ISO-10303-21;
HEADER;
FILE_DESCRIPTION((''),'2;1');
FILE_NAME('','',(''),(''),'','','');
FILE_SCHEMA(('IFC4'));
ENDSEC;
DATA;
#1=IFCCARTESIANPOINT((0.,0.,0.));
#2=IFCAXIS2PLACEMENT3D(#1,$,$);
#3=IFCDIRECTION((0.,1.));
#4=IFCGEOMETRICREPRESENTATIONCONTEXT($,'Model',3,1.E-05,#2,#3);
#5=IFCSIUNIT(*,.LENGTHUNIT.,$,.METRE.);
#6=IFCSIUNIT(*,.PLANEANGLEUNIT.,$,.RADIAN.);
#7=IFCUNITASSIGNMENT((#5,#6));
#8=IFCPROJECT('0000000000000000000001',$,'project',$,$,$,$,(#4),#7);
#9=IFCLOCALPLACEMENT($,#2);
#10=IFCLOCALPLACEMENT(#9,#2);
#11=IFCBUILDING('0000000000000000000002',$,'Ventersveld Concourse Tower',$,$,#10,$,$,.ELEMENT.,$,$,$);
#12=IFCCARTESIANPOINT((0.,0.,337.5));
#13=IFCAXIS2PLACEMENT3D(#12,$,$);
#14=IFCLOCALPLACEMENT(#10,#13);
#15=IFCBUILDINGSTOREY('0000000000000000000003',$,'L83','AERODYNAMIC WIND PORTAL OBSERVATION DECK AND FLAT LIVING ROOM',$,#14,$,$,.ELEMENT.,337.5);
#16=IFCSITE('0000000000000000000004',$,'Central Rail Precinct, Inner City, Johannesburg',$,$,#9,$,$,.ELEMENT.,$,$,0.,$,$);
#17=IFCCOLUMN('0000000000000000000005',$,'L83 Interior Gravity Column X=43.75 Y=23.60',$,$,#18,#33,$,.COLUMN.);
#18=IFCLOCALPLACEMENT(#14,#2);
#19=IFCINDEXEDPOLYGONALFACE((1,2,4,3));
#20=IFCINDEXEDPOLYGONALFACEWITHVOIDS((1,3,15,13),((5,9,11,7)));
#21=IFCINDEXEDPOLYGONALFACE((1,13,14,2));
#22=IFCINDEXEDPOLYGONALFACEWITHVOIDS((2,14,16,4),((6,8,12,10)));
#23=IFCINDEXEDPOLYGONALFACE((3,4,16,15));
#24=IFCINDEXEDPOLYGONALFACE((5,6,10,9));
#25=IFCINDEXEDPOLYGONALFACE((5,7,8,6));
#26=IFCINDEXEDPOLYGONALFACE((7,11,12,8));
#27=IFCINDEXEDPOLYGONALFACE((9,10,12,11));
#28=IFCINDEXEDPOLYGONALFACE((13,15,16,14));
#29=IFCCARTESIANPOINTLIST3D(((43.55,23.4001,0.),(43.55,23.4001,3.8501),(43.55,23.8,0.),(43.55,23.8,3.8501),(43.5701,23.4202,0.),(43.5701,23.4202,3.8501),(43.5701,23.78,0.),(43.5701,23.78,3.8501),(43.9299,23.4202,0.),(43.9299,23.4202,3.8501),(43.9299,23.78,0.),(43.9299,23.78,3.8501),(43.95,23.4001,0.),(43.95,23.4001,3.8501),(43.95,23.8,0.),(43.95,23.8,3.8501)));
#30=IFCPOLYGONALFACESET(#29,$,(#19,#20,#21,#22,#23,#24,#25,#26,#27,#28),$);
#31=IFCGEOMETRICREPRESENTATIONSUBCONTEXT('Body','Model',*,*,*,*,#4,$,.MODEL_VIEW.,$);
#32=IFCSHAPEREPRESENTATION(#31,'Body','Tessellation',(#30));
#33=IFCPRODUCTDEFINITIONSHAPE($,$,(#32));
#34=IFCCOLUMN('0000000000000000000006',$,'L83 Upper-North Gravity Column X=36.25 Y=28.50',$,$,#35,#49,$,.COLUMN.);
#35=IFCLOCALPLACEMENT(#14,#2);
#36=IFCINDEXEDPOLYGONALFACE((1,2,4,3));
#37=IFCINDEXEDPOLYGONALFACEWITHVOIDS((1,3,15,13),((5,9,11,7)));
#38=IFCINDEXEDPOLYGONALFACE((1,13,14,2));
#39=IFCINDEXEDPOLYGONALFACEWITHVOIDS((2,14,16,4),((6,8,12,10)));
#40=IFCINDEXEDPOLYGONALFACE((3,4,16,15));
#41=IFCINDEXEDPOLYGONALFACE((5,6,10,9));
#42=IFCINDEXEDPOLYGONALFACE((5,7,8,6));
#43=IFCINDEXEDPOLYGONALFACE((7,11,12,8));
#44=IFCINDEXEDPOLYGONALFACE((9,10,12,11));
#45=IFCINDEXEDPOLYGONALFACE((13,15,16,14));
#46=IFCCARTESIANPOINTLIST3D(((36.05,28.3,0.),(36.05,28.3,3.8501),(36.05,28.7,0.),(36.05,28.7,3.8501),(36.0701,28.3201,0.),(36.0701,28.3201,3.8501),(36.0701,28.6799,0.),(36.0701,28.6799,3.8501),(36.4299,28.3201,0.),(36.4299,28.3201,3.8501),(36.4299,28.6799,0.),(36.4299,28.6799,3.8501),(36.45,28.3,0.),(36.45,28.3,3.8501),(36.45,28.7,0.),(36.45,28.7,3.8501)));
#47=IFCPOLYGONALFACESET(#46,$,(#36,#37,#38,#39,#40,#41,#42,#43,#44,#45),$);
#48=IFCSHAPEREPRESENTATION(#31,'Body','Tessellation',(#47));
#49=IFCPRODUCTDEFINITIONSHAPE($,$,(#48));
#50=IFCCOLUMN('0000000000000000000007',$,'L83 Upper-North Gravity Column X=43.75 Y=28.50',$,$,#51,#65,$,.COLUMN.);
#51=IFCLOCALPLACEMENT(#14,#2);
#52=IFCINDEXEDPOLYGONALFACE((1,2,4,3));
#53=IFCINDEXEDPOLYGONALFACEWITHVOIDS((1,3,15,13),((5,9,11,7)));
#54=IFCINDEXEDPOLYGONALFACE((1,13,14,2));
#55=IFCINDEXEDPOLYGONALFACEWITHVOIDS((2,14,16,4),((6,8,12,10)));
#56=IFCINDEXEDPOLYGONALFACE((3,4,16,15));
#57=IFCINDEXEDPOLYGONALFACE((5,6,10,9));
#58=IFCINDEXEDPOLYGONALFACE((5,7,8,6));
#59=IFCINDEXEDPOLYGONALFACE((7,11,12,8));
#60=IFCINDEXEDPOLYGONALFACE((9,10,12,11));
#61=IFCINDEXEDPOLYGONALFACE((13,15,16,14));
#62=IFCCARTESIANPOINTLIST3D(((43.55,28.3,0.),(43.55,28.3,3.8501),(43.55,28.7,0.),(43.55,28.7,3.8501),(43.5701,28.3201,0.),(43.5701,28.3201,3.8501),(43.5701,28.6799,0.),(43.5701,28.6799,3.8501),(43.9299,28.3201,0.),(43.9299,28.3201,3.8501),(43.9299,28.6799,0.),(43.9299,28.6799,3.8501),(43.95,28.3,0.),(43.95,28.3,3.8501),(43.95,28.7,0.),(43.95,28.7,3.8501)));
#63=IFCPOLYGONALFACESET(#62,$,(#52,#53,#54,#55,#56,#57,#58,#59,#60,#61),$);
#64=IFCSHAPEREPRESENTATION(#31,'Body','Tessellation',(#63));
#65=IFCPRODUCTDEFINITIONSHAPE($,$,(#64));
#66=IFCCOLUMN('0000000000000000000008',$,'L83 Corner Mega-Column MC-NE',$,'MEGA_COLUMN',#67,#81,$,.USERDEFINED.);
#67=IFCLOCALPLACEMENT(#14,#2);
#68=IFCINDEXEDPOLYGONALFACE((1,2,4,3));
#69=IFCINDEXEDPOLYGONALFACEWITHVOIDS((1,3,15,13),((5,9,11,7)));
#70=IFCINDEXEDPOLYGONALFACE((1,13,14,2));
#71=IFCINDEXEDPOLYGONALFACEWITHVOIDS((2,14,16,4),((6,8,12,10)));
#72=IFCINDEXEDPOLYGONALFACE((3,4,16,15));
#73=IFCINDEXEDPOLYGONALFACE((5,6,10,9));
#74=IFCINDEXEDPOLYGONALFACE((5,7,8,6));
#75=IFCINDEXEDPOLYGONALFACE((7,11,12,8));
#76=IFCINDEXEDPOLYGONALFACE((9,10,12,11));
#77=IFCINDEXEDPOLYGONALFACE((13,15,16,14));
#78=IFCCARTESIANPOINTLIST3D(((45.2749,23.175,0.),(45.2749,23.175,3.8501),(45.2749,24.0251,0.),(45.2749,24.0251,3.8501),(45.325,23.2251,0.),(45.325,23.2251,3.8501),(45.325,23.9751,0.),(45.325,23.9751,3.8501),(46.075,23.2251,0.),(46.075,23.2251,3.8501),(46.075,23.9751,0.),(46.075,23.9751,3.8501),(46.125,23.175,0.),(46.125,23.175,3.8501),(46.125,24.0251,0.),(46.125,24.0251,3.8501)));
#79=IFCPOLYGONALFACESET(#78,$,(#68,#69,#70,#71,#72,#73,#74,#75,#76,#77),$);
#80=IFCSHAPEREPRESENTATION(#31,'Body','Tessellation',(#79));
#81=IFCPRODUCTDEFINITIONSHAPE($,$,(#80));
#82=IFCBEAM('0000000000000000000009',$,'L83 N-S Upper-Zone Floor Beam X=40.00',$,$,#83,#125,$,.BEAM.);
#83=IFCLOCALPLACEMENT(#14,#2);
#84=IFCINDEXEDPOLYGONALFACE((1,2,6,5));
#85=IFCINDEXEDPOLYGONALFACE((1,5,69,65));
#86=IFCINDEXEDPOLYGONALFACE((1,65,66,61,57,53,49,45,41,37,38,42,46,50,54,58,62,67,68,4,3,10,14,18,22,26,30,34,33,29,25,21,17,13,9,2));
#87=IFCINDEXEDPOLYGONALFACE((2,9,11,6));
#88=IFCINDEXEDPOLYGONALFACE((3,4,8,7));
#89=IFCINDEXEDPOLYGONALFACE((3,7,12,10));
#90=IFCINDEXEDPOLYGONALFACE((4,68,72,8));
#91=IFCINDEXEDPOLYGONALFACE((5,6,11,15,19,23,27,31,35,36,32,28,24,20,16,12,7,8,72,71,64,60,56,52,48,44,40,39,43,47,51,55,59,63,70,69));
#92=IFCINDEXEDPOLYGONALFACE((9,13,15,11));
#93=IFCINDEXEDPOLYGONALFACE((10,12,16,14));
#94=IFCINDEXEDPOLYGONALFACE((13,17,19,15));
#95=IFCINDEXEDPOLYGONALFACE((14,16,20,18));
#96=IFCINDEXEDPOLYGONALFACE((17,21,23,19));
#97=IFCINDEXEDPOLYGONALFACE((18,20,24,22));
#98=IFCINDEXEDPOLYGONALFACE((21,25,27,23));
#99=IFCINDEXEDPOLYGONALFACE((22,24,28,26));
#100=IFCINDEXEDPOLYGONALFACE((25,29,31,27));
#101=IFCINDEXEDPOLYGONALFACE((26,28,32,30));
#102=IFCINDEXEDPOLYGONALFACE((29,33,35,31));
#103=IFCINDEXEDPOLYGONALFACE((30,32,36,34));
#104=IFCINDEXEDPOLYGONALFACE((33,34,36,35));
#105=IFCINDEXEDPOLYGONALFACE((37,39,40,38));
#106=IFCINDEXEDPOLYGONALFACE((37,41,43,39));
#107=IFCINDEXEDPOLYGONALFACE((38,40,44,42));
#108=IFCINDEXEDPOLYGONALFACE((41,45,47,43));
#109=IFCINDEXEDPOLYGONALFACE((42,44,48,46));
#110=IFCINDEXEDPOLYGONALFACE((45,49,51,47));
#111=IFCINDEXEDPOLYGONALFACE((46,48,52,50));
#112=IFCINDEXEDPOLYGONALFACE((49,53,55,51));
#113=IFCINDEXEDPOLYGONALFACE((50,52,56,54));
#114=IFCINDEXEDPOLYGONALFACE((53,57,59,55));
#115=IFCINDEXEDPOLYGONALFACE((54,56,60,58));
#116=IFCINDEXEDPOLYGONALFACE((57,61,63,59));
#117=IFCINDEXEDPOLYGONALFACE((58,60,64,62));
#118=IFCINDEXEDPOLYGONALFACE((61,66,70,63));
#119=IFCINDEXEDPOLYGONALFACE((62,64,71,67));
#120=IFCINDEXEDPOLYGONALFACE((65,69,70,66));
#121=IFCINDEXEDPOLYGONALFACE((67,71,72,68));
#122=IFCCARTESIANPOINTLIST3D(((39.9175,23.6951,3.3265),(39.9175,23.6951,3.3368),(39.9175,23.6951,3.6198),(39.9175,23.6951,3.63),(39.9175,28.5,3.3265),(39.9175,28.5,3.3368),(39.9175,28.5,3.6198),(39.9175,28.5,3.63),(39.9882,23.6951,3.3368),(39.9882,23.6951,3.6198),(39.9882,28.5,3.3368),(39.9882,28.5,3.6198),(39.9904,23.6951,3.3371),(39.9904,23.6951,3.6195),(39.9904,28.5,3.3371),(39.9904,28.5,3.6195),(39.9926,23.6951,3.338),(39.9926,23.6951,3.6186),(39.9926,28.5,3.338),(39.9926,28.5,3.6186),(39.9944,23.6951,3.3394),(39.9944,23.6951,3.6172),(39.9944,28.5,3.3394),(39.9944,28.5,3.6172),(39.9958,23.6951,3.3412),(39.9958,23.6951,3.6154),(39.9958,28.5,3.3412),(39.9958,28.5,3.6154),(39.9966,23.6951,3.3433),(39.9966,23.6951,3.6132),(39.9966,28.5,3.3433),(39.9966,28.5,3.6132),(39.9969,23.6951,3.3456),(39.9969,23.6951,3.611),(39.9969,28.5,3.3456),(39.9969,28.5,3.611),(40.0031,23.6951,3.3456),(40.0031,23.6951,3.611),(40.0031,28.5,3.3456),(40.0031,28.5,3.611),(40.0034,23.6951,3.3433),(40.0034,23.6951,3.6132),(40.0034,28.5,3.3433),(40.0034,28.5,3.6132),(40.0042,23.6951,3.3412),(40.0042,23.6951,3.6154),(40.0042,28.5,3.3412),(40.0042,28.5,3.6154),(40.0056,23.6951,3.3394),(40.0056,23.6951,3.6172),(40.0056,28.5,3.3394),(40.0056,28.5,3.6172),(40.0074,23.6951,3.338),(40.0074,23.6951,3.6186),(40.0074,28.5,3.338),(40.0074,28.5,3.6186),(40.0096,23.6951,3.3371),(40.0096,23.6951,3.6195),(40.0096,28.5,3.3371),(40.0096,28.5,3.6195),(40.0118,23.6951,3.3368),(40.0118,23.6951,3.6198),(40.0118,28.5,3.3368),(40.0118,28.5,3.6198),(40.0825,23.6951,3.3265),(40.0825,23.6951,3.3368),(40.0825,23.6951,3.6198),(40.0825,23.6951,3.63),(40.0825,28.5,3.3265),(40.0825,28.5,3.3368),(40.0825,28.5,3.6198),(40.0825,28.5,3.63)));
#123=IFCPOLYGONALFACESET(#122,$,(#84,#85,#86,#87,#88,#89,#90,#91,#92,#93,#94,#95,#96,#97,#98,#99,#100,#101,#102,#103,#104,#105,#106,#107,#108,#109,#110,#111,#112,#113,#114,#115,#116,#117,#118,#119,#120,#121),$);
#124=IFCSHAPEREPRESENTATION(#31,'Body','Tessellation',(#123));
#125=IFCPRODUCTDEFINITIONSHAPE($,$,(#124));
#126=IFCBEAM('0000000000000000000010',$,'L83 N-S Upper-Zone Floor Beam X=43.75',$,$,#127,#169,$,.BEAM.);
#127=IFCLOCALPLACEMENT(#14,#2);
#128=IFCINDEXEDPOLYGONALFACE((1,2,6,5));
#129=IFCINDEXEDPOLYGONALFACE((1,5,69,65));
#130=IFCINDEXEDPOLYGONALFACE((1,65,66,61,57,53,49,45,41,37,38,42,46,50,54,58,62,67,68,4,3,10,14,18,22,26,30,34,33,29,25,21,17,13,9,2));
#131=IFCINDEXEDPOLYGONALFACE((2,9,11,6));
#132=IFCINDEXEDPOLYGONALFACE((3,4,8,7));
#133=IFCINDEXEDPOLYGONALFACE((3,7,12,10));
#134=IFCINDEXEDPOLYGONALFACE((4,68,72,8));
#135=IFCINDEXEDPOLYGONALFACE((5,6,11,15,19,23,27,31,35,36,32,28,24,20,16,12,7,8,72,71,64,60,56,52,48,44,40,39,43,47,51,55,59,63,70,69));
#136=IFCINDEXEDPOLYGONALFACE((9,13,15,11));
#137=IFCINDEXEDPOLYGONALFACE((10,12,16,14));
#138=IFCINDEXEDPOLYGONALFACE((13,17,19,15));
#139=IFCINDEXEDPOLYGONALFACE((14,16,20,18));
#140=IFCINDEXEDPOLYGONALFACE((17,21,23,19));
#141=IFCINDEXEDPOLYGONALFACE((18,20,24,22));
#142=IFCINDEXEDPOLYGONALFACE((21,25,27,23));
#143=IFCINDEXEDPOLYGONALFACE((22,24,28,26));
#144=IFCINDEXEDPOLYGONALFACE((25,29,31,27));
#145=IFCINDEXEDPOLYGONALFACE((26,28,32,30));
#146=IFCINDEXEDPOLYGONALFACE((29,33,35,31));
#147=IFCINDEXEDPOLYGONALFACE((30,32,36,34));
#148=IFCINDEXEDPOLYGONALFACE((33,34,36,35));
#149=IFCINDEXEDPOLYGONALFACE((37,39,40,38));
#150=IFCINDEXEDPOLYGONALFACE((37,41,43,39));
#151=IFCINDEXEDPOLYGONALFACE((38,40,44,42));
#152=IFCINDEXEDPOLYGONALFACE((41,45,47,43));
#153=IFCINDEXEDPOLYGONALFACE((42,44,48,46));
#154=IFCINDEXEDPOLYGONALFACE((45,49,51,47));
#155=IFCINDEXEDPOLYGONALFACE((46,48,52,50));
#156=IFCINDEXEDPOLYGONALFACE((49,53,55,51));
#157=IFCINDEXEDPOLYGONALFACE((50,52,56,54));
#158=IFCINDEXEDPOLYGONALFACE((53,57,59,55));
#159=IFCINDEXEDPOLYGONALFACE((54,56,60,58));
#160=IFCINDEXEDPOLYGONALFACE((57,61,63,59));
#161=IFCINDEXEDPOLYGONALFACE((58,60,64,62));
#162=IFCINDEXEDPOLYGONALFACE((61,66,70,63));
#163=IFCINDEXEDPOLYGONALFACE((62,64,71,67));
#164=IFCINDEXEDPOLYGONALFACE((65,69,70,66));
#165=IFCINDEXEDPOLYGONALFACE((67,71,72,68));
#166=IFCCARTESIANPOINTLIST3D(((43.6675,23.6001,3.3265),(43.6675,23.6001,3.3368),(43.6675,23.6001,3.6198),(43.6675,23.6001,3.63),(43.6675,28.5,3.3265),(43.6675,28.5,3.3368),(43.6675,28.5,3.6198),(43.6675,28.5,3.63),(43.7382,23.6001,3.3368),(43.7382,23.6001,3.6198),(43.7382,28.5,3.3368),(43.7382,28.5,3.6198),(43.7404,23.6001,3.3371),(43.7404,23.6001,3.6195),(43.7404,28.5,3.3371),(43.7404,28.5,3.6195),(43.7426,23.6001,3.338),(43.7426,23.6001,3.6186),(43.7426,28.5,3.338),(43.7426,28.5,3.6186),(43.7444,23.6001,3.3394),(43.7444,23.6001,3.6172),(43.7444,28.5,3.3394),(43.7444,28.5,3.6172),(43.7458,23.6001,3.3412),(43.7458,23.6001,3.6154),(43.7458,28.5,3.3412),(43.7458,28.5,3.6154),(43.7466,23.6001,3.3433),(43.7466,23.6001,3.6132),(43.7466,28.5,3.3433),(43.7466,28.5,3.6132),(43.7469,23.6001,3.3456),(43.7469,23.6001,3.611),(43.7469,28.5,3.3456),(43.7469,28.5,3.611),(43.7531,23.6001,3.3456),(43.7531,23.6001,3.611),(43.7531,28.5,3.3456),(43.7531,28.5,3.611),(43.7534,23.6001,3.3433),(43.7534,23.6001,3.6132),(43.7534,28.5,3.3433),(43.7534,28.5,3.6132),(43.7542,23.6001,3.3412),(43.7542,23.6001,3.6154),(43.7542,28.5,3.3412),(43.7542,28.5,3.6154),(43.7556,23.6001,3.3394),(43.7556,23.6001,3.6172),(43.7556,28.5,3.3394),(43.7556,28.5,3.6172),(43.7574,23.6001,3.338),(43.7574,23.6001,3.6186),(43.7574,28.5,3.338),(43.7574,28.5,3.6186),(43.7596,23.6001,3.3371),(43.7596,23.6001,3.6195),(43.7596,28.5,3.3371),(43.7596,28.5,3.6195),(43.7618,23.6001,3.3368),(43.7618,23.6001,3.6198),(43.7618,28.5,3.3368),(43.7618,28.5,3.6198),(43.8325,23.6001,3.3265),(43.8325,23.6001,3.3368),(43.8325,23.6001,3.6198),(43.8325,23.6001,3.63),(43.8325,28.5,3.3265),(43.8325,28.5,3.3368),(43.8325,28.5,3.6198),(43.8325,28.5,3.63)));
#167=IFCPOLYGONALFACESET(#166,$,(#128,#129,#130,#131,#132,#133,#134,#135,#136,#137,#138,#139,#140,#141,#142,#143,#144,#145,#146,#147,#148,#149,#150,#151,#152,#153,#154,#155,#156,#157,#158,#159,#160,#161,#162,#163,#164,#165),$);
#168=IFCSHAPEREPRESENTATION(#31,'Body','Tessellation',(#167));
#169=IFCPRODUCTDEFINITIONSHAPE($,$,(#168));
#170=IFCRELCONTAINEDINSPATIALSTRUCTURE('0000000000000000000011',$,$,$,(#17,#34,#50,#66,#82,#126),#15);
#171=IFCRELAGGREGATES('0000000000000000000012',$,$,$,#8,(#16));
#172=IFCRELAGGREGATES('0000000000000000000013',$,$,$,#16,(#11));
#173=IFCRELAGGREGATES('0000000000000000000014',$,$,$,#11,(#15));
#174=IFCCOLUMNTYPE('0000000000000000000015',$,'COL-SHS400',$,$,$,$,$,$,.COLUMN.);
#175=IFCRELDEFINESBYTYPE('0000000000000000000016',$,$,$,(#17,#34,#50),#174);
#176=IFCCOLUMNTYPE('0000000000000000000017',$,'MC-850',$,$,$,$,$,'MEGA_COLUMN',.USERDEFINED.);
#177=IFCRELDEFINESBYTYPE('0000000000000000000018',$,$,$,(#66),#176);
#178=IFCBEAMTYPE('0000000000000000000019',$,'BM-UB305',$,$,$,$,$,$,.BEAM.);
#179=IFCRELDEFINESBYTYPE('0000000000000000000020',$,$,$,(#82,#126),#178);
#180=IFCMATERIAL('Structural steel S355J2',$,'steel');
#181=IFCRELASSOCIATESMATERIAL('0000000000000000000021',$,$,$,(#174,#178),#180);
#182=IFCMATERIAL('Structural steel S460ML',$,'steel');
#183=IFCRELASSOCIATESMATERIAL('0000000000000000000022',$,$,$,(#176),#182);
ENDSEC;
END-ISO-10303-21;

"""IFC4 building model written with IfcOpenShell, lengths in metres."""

from ifc_helpers import new_model, si_unit, direction, frame, origin, origin_2d, place, context, subcontext, project, spatial, hollow_rectangle, i_section, extrude, material, material_profile, profile_set, type_object, element, save


model = new_model("IFC4")

# Units and contexts
model_context = context("Model", 3, precision=1e-05, world=origin(), true_north=direction((0.0, 1.0)))
body_context = subcontext(model_context, "Body", "Model", "MODEL_VIEW")
ifc_project = project(units=[si_unit("LENGTHUNIT", "METRE"), si_unit("PLANEANGLEUNIT", "RADIAN")], contexts=[model_context])

# Site, building, storey
site_placement = place(None, origin())
site = spatial("IfcSite", under=ifc_project, at=site_placement, Name="Central Rail Precinct, Inner City, Johannesburg", CompositionType="ELEMENT", RefElevation=0.0)
building_placement = place(site_placement, origin())
building = spatial("IfcBuilding", under=site, at=building_placement, Name="Ventersveld Concourse Tower", CompositionType="ELEMENT")
storey_placement = place(building_placement, frame((0.0, 0.0, 337.5)))
storey = spatial("IfcBuildingStorey", under=building, at=storey_placement, Name="L83", Description="AERODYNAMIC WIND PORTAL OBSERVATION DECK AND FLAT LIVING ROOM", CompositionType="ELEMENT", Elevation=337.5)

# Columns
ifc_material_1 = material(Name="Structural steel S355J2", Category="steel")
ifc_material_profile_1 = material_profile(ifc_material_1, hollow_rectangle(XDim=0.3999, YDim=0.3999, WallThickness=0.02, at=origin_2d()), Name="SHS 400x400x20")
ifc_profile_set_1 = profile_set([ifc_material_profile_1], Name="Structural steel S355J2")
column_type_1 = type_object("IfcColumnType", Name="COL-SHS400", PredefinedType="COLUMN", material=ifc_profile_set_1)
for number, where, z_axis, x_axis, name in (
    (1, (43.75, 23.6001, 0.0), (0.0, 0.0, 1.0), (1.0, 0.0, 0.0), "L83 Interior Gravity Column X=43.75 Y=23.60"),
    (2, (36.25, 28.5, 0.0), (0.0, 0.0, 1.0), (1.0, 0.0, 0.0), "L83 Upper-North Gravity Column X=36.25 Y=28.50"),
    (3, (43.75, 28.5, 0.0), (0.0, 0.0, 1.0), (1.0, 0.0, 0.0), "L83 Upper-North Gravity Column X=43.75 Y=28.50"),
):
    element("IfcColumn", number, at=place(storey_placement, frame(where, z_axis=z_axis, x_axis=x_axis)), inside=storey, type_object=column_type_1, Name=name, PredefinedType="COLUMN", context=body_context, shape_type="SweptSolid", body=[
        extrude(hollow_rectangle(XDim=0.3999, YDim=0.3999, WallThickness=0.02, at=origin_2d()), origin(), (0.0, 0.0, 1.0), 3.8501),
    ])
ifc_material_2 = material(Name="Structural steel S460ML", Category="steel")
ifc_material_profile_2 = material_profile(ifc_material_2, hollow_rectangle(XDim=0.8501, YDim=0.8501, WallThickness=0.05, at=origin_2d()), Name="BOX 850x850x50")
ifc_profile_set_2 = profile_set([ifc_material_profile_2], Name="Structural steel S460ML")
column_type_2 = type_object("IfcColumnType", Name="MC-850", ElementType="MEGA_COLUMN", PredefinedType="USERDEFINED", material=ifc_profile_set_2)
column_placement = place(storey_placement, frame((45.7, 23.6001, 0.0), z_axis=(0.0, 0.0, 1.0), x_axis=(1.0, 0.0, 0.0)))
element("IfcColumn", 4, at=column_placement, inside=storey, type_object=column_type_2, Name="L83 Corner Mega-Column MC-NE", ObjectType="MEGA_COLUMN", PredefinedType="USERDEFINED", context=body_context, shape_type="SweptSolid", body=[
    extrude(hollow_rectangle(XDim=0.8501, YDim=0.8501, WallThickness=0.05, at=origin_2d()), origin(), (0.0, 0.0, 1.0), 3.8501),
])

# Beams
ifc_material_profile_3 = material_profile(ifc_material_1, i_section(OverallWidth=0.165, OverallDepth=0.3035, WebThickness=0.0061, FlangeThickness=0.0103, FilletRadius=0.0088, at=origin_2d()), Name="UB 305x165x40")
ifc_profile_set_3 = profile_set([ifc_material_profile_3], Name="Structural steel S355J2")
beam_type_1 = type_object("IfcBeamType", Name="BM-UB305", PredefinedType="BEAM", material=ifc_profile_set_3)
beam_1_placement = place(storey_placement, frame((40.0, 23.6951, 3.4783), z_axis=(0.0, 1.0, 0.0), x_axis=(-1.0, 0.0, 0.0)))
element("IfcBeam", 5, at=beam_1_placement, inside=storey, type_object=beam_type_1, Name="L83 N-S Upper-Zone Floor Beam X=40.00", PredefinedType="BEAM", context=body_context, shape_type="SweptSolid", body=[
    extrude(i_section(OverallWidth=0.165, OverallDepth=0.3035, WebThickness=0.0061, FlangeThickness=0.0103, FilletRadius=0.0088, at=origin_2d()), origin(), (0.0, 0.0, 1.0), 4.8049),
])
beam_2_placement = place(storey_placement, frame((43.75, 23.6001, 3.4783), z_axis=(0.0, 1.0, 0.0), x_axis=(-1.0, 0.0, 0.0)))
element("IfcBeam", 6, at=beam_2_placement, inside=storey, type_object=beam_type_1, Name="L83 N-S Upper-Zone Floor Beam X=43.75", PredefinedType="BEAM", context=body_context, shape_type="SweptSolid", body=[
    extrude(i_section(OverallWidth=0.165, OverallDepth=0.3035, WebThickness=0.0061, FlangeThickness=0.0103, FilletRadius=0.0088, at=origin_2d()), origin(), (0.0, 0.0, 1.0), 4.8999),
])

save(model, "model.ifc")
